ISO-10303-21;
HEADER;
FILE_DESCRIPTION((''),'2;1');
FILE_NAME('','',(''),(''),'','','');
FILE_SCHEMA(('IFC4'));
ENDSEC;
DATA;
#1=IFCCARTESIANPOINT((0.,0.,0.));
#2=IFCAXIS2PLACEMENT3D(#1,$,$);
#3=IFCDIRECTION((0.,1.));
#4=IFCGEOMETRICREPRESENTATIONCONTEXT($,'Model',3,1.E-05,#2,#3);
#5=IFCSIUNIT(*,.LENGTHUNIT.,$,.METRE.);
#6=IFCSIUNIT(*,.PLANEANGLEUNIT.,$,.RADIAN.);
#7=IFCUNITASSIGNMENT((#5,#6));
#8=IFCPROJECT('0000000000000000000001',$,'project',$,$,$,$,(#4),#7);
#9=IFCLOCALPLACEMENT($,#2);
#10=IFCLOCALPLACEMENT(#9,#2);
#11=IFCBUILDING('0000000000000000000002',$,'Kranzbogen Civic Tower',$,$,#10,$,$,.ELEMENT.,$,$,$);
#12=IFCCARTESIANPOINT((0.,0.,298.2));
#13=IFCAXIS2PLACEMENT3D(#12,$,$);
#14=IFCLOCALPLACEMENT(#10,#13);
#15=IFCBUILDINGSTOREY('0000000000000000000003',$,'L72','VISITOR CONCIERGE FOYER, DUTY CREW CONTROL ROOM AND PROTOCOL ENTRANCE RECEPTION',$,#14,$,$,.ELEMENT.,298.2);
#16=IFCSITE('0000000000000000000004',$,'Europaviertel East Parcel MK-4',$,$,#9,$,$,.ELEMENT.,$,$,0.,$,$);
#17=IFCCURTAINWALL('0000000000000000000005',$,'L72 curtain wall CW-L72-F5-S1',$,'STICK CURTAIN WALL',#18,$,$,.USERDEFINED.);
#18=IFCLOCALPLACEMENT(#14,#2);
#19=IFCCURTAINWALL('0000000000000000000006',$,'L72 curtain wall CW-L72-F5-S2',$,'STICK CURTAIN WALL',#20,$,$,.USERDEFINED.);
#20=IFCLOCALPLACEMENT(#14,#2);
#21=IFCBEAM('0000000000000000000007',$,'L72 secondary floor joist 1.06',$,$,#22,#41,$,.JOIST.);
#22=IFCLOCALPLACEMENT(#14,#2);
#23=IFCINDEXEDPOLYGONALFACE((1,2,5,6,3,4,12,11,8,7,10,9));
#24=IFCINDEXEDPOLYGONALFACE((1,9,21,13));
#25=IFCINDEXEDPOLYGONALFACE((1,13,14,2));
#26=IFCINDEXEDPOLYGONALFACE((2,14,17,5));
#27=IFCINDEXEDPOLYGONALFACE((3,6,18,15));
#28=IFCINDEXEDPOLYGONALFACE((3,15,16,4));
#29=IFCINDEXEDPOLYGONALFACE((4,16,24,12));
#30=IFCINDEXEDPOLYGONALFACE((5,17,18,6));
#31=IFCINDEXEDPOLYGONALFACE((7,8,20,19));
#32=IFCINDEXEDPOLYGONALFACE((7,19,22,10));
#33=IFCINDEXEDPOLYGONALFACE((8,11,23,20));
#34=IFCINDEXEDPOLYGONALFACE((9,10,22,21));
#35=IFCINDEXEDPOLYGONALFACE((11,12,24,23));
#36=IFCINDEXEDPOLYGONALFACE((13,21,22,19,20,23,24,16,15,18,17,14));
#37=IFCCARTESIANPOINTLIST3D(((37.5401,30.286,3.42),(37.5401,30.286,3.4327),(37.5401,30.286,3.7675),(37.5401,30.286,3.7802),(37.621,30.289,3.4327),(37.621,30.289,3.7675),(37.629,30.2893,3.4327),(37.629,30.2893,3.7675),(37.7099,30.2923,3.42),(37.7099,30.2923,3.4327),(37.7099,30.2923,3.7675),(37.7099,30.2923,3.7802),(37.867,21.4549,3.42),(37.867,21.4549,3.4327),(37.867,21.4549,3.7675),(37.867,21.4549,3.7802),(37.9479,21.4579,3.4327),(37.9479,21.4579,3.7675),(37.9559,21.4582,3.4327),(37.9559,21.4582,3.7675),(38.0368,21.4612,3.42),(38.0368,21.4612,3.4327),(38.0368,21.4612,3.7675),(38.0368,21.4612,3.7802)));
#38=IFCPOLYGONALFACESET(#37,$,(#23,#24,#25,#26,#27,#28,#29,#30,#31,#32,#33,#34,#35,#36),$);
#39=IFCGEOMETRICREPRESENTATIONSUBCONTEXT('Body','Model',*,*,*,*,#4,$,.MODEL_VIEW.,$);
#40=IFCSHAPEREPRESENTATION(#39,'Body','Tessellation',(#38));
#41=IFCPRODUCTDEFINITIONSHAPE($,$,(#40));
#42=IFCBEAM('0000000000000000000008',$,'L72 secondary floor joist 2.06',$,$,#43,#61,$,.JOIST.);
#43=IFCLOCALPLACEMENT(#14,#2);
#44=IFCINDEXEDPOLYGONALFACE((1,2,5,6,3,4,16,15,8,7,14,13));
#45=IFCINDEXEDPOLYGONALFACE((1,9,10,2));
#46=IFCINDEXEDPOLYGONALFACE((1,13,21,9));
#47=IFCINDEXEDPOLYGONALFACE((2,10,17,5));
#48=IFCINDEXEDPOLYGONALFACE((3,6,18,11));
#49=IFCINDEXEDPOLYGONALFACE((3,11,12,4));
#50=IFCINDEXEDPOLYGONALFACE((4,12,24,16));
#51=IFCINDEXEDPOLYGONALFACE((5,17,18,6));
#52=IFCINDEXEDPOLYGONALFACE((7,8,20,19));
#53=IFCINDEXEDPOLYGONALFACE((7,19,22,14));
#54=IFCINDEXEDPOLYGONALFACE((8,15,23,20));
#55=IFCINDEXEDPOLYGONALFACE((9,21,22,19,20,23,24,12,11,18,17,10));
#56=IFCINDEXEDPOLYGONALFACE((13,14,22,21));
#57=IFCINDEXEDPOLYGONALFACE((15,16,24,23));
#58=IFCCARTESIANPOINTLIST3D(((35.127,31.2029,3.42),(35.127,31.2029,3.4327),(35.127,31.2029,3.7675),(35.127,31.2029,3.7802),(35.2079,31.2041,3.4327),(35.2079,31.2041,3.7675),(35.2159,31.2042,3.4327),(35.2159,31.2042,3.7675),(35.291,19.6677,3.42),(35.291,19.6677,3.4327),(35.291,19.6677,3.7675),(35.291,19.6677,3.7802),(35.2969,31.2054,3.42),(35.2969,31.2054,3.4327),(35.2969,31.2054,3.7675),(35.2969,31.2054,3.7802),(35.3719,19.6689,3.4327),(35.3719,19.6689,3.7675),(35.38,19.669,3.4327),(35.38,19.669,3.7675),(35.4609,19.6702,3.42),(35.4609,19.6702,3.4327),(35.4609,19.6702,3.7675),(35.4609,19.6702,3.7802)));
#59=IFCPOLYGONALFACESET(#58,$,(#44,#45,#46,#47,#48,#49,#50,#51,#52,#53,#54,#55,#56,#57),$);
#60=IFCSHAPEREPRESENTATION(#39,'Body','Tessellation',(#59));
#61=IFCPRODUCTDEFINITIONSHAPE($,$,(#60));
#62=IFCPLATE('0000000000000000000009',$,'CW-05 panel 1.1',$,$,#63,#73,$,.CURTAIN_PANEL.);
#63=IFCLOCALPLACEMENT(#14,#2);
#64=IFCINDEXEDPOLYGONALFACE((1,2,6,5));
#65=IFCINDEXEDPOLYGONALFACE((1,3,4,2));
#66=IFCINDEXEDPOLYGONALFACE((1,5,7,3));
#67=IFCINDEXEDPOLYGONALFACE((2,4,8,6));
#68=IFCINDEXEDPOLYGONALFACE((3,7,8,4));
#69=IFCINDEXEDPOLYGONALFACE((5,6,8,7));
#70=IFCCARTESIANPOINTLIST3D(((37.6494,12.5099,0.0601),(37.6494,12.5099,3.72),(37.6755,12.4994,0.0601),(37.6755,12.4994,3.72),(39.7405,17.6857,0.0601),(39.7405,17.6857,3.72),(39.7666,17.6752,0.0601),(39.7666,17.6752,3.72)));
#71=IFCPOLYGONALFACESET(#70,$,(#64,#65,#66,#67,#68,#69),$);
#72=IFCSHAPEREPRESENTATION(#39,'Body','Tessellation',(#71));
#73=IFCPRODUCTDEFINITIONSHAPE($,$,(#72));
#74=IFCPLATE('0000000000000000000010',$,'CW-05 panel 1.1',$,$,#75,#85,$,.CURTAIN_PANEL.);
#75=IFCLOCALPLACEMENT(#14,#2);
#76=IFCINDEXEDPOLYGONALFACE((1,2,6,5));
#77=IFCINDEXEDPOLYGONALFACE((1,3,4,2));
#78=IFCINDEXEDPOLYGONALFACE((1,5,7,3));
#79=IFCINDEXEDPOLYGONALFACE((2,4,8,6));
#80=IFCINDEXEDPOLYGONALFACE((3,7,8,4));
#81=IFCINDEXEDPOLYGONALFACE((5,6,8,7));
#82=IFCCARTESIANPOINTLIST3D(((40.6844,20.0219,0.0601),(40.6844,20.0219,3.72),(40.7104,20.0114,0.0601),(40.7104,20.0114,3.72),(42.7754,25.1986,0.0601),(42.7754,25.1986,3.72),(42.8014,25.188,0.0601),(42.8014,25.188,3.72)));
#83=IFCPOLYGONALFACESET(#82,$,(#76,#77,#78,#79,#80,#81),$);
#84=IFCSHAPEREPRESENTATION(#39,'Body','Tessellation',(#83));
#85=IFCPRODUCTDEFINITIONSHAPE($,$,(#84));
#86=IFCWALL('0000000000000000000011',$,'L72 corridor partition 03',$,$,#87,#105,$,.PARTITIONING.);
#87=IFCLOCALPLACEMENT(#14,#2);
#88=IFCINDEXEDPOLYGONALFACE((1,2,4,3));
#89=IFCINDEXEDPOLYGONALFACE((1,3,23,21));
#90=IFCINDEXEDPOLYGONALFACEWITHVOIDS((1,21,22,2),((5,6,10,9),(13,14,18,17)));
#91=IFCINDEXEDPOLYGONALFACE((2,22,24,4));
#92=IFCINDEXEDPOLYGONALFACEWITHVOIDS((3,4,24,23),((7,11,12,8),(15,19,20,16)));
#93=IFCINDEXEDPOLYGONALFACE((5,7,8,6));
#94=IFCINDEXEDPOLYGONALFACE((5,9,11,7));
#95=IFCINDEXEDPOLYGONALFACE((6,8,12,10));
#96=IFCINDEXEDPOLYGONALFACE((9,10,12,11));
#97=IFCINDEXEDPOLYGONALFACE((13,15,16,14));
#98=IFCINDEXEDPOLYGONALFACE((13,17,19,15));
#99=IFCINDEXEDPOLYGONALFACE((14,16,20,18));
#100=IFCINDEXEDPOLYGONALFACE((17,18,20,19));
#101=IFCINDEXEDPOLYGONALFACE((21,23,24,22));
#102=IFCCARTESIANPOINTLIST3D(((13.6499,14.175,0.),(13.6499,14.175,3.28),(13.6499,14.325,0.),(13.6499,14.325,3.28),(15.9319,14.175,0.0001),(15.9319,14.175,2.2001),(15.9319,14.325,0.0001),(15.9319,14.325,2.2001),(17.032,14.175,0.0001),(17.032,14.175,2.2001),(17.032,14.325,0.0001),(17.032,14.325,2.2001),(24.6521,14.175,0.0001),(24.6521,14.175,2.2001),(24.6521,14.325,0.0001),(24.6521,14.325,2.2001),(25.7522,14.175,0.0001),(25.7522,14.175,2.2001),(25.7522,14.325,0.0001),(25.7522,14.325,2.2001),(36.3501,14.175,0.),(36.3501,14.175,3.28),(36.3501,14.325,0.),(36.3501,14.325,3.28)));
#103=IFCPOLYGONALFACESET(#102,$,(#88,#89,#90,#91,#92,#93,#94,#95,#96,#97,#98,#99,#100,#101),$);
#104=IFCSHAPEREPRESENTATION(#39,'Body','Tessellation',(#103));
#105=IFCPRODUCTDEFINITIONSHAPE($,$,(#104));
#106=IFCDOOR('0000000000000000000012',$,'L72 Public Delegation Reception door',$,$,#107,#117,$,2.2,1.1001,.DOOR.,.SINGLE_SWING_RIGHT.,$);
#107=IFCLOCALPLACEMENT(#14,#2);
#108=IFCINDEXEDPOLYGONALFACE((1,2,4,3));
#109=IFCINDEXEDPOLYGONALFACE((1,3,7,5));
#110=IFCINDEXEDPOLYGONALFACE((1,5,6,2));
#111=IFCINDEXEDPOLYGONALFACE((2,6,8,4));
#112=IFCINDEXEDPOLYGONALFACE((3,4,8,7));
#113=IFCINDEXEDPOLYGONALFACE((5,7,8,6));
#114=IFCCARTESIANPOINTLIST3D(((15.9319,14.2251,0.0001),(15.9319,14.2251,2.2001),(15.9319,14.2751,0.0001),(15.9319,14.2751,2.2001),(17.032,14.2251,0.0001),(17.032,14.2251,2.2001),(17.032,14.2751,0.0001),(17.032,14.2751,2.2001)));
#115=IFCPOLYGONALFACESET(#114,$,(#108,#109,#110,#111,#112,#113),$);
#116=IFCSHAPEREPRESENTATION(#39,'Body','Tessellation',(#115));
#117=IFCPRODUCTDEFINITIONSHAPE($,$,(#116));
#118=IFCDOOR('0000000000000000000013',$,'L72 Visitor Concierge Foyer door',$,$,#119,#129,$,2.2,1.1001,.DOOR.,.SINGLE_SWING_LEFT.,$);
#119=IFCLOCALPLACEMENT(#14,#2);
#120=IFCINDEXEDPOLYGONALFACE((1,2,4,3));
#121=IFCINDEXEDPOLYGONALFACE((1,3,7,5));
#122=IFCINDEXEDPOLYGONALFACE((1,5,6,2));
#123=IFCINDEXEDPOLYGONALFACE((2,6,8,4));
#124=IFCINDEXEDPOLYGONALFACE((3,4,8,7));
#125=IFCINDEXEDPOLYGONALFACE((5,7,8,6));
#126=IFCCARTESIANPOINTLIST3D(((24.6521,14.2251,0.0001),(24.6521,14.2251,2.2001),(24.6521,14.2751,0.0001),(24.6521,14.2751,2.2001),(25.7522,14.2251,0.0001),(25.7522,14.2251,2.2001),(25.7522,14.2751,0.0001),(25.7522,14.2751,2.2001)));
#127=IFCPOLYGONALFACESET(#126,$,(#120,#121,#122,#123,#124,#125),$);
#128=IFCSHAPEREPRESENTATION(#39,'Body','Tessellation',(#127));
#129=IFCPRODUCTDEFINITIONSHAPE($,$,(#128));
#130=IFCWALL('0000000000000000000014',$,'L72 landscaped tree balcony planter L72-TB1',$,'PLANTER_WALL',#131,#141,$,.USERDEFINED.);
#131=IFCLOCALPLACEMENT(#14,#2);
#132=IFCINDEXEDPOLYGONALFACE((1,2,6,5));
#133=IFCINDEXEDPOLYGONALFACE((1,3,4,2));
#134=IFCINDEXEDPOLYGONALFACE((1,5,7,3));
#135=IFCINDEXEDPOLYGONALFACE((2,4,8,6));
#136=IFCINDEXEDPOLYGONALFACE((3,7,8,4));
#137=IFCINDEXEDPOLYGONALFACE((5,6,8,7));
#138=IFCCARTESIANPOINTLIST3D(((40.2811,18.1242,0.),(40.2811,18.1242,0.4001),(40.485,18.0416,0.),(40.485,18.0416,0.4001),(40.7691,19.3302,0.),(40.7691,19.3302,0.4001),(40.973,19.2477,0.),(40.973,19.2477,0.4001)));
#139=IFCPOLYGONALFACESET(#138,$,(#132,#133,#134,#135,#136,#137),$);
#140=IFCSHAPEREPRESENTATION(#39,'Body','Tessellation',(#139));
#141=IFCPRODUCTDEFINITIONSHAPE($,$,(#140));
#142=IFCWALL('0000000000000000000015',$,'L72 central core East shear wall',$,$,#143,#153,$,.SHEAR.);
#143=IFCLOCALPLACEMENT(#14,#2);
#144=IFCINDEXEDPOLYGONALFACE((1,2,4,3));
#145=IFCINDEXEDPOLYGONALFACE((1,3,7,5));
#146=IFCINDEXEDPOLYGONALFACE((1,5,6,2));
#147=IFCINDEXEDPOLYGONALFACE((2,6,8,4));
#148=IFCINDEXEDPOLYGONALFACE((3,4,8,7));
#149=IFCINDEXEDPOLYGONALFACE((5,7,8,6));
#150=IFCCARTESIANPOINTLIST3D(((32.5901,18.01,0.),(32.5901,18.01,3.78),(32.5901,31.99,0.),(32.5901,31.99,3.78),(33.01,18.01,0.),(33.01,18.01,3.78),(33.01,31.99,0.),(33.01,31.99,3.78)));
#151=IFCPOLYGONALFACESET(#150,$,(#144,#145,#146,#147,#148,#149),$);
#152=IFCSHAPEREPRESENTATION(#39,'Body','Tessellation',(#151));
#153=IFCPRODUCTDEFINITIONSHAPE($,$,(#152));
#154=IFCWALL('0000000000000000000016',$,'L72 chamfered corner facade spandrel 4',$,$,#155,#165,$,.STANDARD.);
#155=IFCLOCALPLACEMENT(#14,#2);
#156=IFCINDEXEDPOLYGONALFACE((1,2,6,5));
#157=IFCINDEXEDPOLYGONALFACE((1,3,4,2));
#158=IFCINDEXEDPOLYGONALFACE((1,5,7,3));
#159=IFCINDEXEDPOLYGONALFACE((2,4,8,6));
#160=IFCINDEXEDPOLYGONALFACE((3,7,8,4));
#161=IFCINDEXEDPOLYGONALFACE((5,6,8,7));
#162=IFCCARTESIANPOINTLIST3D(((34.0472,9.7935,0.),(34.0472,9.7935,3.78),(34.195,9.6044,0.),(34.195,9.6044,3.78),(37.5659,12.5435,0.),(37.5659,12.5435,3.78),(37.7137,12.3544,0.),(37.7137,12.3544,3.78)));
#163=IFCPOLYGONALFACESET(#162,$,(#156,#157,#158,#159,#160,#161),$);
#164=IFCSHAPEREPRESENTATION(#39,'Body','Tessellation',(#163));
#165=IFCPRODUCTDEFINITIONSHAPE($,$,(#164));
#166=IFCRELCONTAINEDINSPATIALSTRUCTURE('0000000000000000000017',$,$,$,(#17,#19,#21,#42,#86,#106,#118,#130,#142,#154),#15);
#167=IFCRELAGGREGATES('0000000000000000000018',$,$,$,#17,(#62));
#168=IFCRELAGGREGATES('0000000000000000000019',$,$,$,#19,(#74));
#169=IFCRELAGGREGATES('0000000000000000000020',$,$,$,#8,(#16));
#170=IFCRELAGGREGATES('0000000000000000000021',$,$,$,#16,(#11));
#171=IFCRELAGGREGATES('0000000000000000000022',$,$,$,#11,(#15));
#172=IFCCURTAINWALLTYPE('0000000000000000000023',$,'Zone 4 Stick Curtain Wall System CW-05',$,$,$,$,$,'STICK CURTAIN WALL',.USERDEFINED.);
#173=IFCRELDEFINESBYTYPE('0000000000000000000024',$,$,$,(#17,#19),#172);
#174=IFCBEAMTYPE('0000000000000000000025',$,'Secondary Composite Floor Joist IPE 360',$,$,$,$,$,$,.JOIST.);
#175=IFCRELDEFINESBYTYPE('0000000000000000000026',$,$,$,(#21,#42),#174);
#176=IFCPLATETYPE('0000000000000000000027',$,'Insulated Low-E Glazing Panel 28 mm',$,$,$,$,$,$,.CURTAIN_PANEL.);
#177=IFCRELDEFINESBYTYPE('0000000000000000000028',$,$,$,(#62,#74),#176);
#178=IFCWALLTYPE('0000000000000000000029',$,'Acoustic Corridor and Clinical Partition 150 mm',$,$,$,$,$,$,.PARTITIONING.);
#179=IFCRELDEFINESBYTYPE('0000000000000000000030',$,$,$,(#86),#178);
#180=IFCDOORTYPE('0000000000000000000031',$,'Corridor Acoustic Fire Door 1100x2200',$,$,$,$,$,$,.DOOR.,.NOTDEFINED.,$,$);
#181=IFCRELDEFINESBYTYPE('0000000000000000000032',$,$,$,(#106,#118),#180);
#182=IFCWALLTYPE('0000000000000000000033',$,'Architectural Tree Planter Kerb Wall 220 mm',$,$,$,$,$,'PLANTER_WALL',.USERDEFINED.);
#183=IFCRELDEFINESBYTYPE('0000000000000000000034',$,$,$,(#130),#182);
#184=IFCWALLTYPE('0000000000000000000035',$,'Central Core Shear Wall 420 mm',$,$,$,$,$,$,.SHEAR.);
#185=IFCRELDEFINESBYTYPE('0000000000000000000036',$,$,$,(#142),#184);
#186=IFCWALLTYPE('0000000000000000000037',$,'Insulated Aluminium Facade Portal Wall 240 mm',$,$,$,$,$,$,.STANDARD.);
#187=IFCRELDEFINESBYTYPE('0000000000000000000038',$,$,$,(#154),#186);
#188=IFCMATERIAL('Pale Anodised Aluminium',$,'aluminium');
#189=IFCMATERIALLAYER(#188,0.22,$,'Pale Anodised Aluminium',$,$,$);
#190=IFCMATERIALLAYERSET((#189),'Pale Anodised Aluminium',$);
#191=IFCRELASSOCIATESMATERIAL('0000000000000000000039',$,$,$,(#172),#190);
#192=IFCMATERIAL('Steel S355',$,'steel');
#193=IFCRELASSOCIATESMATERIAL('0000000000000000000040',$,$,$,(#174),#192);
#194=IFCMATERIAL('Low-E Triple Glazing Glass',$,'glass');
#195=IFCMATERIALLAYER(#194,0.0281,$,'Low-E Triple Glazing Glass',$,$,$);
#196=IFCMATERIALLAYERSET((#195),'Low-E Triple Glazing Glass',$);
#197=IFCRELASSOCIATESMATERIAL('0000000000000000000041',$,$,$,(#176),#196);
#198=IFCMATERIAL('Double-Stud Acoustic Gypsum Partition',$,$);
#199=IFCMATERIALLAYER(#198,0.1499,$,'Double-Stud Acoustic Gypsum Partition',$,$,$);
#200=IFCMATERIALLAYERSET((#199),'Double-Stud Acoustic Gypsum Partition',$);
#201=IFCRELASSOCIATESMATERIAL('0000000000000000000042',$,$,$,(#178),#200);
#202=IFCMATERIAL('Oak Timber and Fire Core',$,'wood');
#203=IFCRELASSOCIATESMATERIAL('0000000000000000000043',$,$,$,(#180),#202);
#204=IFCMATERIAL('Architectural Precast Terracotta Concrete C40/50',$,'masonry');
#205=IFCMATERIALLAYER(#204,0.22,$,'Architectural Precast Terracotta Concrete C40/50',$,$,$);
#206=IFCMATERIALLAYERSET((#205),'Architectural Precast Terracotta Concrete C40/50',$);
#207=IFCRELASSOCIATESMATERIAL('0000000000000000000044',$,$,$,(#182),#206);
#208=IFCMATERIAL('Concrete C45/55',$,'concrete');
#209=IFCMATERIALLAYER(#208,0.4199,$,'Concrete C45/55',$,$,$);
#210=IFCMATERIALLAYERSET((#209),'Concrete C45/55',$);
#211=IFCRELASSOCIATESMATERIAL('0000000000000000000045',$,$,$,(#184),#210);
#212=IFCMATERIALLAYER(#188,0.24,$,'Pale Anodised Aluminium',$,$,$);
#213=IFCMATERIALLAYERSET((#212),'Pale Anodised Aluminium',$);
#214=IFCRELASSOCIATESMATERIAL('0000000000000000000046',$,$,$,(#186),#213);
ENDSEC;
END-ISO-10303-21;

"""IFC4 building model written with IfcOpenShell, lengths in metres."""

from ifc_helpers import new_model, si_unit, direction, frame, frame_2d, origin, origin_2d, place, context, subcontext, project, spatial, rectangle, i_section, extrude, material, layer, layer_set, material_profile, profile_set, type_object, element, fill, aggregate, save


model = new_model("IFC4")

# Units and contexts
model_context = context("Model", 3, precision=1e-05, world=origin(), true_north=direction((0.0, 1.0)))
body_context = subcontext(model_context, "Body", "Model", "MODEL_VIEW")
ifc_project = project(units=[si_unit("LENGTHUNIT", "METRE"), si_unit("PLANEANGLEUNIT", "RADIAN")], contexts=[model_context])

# Site, building, storey
site_placement = place(None, origin())
site = spatial("IfcSite", under=ifc_project, at=site_placement, Name="Europaviertel East Parcel MK-4", CompositionType="ELEMENT", RefElevation=0.0)
building_placement = place(site_placement, origin())
building = spatial("IfcBuilding", under=site, at=building_placement, Name="Kranzbogen Civic Tower", CompositionType="ELEMENT")
storey_placement = place(building_placement, frame((0.0, 0.0, 298.2)))
storey = spatial("IfcBuildingStorey", under=building, at=storey_placement, Name="L72", Description="VISITOR CONCIERGE FOYER, DUTY CREW CONTROL ROOM AND PROTOCOL ENTRANCE RECEPTION", CompositionType="ELEMENT", Elevation=298.2)

# Shared definitions
ifc_material_1 = material(Name="Steel S355", Category="steel")

# Shared definitions
ifc_material_2 = material(Name="Pale Anodised Aluminium", Category="aluminium")
ifc_layer_1 = layer(ifc_material_2, 0.22, Name="Pale Anodised Aluminium")
ifc_layer_set_1 = layer_set([ifc_layer_1], Name="Pale Anodised Aluminium")
curtain_wall_type = type_object("IfcCurtainWallType", Name="Zone 4 Stick Curtain Wall System CW-05", ElementType="STICK CURTAIN WALL", PredefinedType="USERDEFINED", material=ifc_layer_set_1)

# Curtain wall
curtain_wall_1_placement = place(storey_placement, origin())
curtain_wall_1 = element("IfcCurtainWall", 1, at=curtain_wall_1_placement, inside=storey, type_object=curtain_wall_type, Name="L72 curtain wall CW-L72-F5-S1", ObjectType="STICK CURTAIN WALL", PredefinedType="USERDEFINED")

# Curtain wall
curtain_wall_2_placement = place(storey_placement, origin())
curtain_wall_2 = element("IfcCurtainWall", 2, at=curtain_wall_2_placement, inside=storey, type_object=curtain_wall_type, Name="L72 curtain wall CW-L72-F5-S2", ObjectType="STICK CURTAIN WALL", PredefinedType="USERDEFINED")

# Beams
ifc_material_profile_1 = material_profile(ifc_material_1, i_section(OverallWidth=0.1699, OverallDepth=0.3601, WebThickness=0.0081, FlangeThickness=0.0127, at=origin_2d()), Name="IPE 360")
ifc_profile_set_1 = profile_set([ifc_material_profile_1], Name="Steel S355")
beam_type_1 = type_object("IfcBeamType", Name="Secondary Composite Floor Joist IPE 360", PredefinedType="JOIST", material=ifc_profile_set_1)
beam_1_placement = place(storey_placement, frame((37.9519, 21.458, 3.6001), z_axis=(-0.036992, 0.999316, 0.0), x_axis=(-0.999316, -0.036992, 0.0)))
element("IfcBeam", 3, at=beam_1_placement, inside=storey, type_object=beam_type_1, Name="L72 secondary floor joist 1.06", PredefinedType="JOIST", context=body_context, shape_type="SweptSolid", body=[
    extrude(i_section(OverallWidth=0.1699, OverallDepth=0.3601, WebThickness=0.0081, FlangeThickness=0.0127, at=origin_2d()), origin(), (0.0, 0.0, 1.0), 8.8372),
])
beam_2_placement = place(storey_placement, frame((35.376, 19.6689, 3.6001), z_axis=(-0.014221, 0.999899, 0.0), x_axis=(-0.999899, -0.014221, 0.0)))
element("IfcBeam", 4, at=beam_2_placement, inside=storey, type_object=beam_type_1, Name="L72 secondary floor joist 2.06", PredefinedType="JOIST", context=body_context, shape_type="SweptSolid", body=[
    extrude(i_section(OverallWidth=0.1699, OverallDepth=0.3601, WebThickness=0.0081, FlangeThickness=0.0127, at=origin_2d()), origin(), (0.0, 0.0, 1.0), 11.5364),
])

# Plates
ifc_material_3 = material(Name="Low-E Triple Glazing Glass", Category="glass")
ifc_layer_2 = layer(ifc_material_3, 0.0281, Name="Low-E Triple Glazing Glass")
ifc_layer_set_2 = layer_set([ifc_layer_2], Name="Low-E Triple Glazing Glass")
plate_type = type_object("IfcPlateType", Name="Insulated Low-E Glazing Panel 28 mm", PredefinedType="CURTAIN_PANEL", material=ifc_layer_set_2)
plate_1_placement = place(storey_placement, frame((38.708, 15.0925, 0.0601), z_axis=(0.0, 0.0, 1.0), x_axis=(0.374594, 0.927189, 0.0)))
plate_1 = element("IfcPlate", 5, at=plate_1_placement, type_object=plate_type, Name="CW-05 panel 1.1", PredefinedType="CURTAIN_PANEL", context=body_context, shape_type="SweptSolid", body=[
    extrude(rectangle(XDim=5.5823, YDim=0.0281, at=origin_2d()), origin(), (0.0, 0.0, 1.0), 3.6599),
])
aggregate(curtain_wall_1, [plate_1])
plate_2_placement = place(storey_placement, frame((41.7429, 22.605, 0.0601), z_axis=(0.0, 0.0, 1.0), x_axis=(0.374533, 0.927214, 0.0)))
plate_2 = element("IfcPlate", 6, at=plate_2_placement, type_object=plate_type, Name="CW-05 panel 1.1", PredefinedType="CURTAIN_PANEL", context=body_context, shape_type="SweptSolid", body=[
    extrude(rectangle(XDim=5.583, YDim=0.0281, at=origin_2d()), origin(), (0.0, 0.0, 1.0), 3.6599),
])
aggregate(curtain_wall_2, [plate_2])

# Wall, openings, doors
ifc_material_4 = material(Name="Double-Stud Acoustic Gypsum Partition")
ifc_layer_3 = layer(ifc_material_4, 0.1499, Name="Double-Stud Acoustic Gypsum Partition")
ifc_layer_set_3 = layer_set([ifc_layer_3], Name="Double-Stud Acoustic Gypsum Partition")
wall_type_1 = type_object("IfcWallType", Name="Acoustic Corridor and Clinical Partition 150 mm", PredefinedType="PARTITIONING", material=ifc_layer_set_3)
wall_1_placement = place(storey_placement, frame((36.3501, 14.25, 0.0), z_axis=(0.0, 0.0, 1.0), x_axis=(-1.0, 0.0, 0.0)))
wall_1 = element("IfcWall", 7, at=wall_1_placement, inside=storey, type_object=wall_type_1, Name="L72 corridor partition 03", PredefinedType="PARTITIONING", context=body_context, shape_type="SweptSolid", body=[
    extrude(rectangle(XDim=22.7002, YDim=0.1499, at=frame_2d((11.3501, 0.0))), origin(), (0.0, 0.0, 1.0), 3.28),
])
opening_1_placement = place(wall_1_placement, frame((19.3181, 0.0, 0.0)))
opening_1 = element("IfcOpeningElement", 8, at=opening_1_placement, cuts=wall_1, PredefinedType="OPENING", context=body_context, shape_type="SweptSolid", body=[
    extrude(rectangle(XDim=1.1001, YDim=2.2, at=frame_2d((0.55, 1.1001))), frame((0.0, 0.085, 0.0), z_axis=(0.0, -1.0, 0.0), x_axis=(1.0, 0.0, 0.0)), (0.0, 0.0, 1.0), 0.1699),
])
opening_2_placement = place(wall_1_placement, frame((10.5979, 0.0, 0.0)))
opening_2 = element("IfcOpeningElement", 9, at=opening_2_placement, cuts=wall_1, PredefinedType="OPENING", context=body_context, shape_type="SweptSolid", body=[
    extrude(rectangle(XDim=1.1001, YDim=2.2, at=frame_2d((0.55, 1.1001))), frame((0.0, 0.085, 0.0), z_axis=(0.0, -1.0, 0.0), x_axis=(1.0, 0.0, 0.0)), (0.0, 0.0, 1.0), 0.1699),
])
ifc_material_5 = material(Name="Oak Timber and Fire Core", Category="wood")
door_type_1 = type_object("IfcDoorType", Name="Corridor Acoustic Fire Door 1100x2200", OperationType="NOTDEFINED", PredefinedType="DOOR", material=ifc_material_5)
door_1_placement = place(opening_1_placement, origin())
door_1 = element("IfcDoor", 10, at=door_1_placement, inside=storey, type_object=door_type_1, Name="L72 Public Delegation Reception door", OperationType="SINGLE_SWING_RIGHT", OverallHeight=2.2, OverallWidth=1.1001, PredefinedType="DOOR", context=body_context, shape_type="SweptSolid", body=[
    extrude(rectangle(XDim=1.1001, YDim=2.2, at=frame_2d((0.55, 1.1001))), frame((0.0, 0.0249, 0.0), z_axis=(0.0, -1.0, 0.0), x_axis=(1.0, 0.0, 0.0)), (0.0, 0.0, 1.0), 0.05),
])
fill(opening_1, door_1)
door_2_placement = place(opening_2_placement, origin())
door_2 = element("IfcDoor", 11, at=door_2_placement, inside=storey, type_object=door_type_1, Name="L72 Visitor Concierge Foyer door", OperationType="SINGLE_SWING_LEFT", OverallHeight=2.2, OverallWidth=1.1001, PredefinedType="DOOR", context=body_context, shape_type="SweptSolid", body=[
    extrude(rectangle(XDim=1.1001, YDim=2.2, at=frame_2d((0.55, 1.1001))), frame((0.0, 0.0249, 0.0), z_axis=(0.0, -1.0, 0.0), x_axis=(1.0, 0.0, 0.0)), (0.0, 0.0, 1.0), 0.05),
])
fill(opening_2, door_2)

# Walls
ifc_material_6 = material(Name="Architectural Precast Terracotta Concrete C40/50", Category="masonry")
ifc_layer_4 = layer(ifc_material_6, 0.22, Name="Architectural Precast Terracotta Concrete C40/50")
ifc_layer_set_4 = layer_set([ifc_layer_4], Name="Architectural Precast Terracotta Concrete C40/50")
wall_type_2 = type_object("IfcWallType", Name="Architectural Tree Planter Kerb Wall 220 mm", ElementType="PLANTER_WALL", PredefinedType="USERDEFINED", material=ifc_layer_set_4)
wall_2_placement = place(storey_placement, frame((40.3831, 18.083, 0.0), z_axis=(0.0, 0.0, 1.0), x_axis=(0.375108, 0.926981, 0.0)))
element("IfcWall", 12, at=wall_2_placement, inside=storey, type_object=wall_type_2, Name="L72 landscaped tree balcony planter L72-TB1", ObjectType="PLANTER_WALL", PredefinedType="USERDEFINED", context=body_context, shape_type="SweptSolid", body=[
    extrude(rectangle(XDim=1.301, YDim=0.22, at=frame_2d((0.6504, 0.0))), origin(), (0.0, 0.0, 1.0), 0.4001),
])
ifc_material_7 = material(Name="Concrete C45/55", Category="concrete")
ifc_layer_5 = layer(ifc_material_7, 0.4199, Name="Concrete C45/55")
ifc_layer_set_5 = layer_set([ifc_layer_5], Name="Concrete C45/55")
wall_type_3 = type_object("IfcWallType", Name="Central Core Shear Wall 420 mm", PredefinedType="SHEAR", material=ifc_layer_set_5)
wall_3_placement = place(storey_placement, frame((32.8, 18.01, 0.0), z_axis=(0.0, 0.0, 1.0), x_axis=(0.0, 1.0, 0.0)))
element("IfcWall", 13, at=wall_3_placement, inside=storey, type_object=wall_type_3, Name="L72 central core East shear wall", PredefinedType="SHEAR", context=body_context, shape_type="SweptSolid", body=[
    extrude(rectangle(XDim=13.98, YDim=0.4199, at=frame_2d((6.99, 0.0))), origin(), (0.0, 0.0, 1.0), 3.78),
])
ifc_layer_6 = layer(ifc_material_2, 0.24, Name="Pale Anodised Aluminium")
ifc_layer_set_6 = layer_set([ifc_layer_6], Name="Pale Anodised Aluminium")
wall_type_4 = type_object("IfcWallType", Name="Insulated Aluminium Facade Portal Wall 240 mm", PredefinedType="STANDARD", material=ifc_layer_set_6)
wall_4_placement = place(storey_placement, frame((34.1211, 9.699, 0.0), z_axis=(0.0, 0.0, 1.0), x_axis=(0.787922, 0.615775, 0.0)))
element("IfcWall", 14, at=wall_4_placement, inside=storey, type_object=wall_type_4, Name="L72 chamfered corner facade spandrel 4", PredefinedType="STANDARD", context=body_context, shape_type="SweptSolid", body=[
    extrude(rectangle(XDim=4.4658, YDim=0.24, at=frame_2d((2.2329, 0.0))), origin(), (0.0, 0.0, 1.0), 3.78),
])

save(model, "model.ifc")
